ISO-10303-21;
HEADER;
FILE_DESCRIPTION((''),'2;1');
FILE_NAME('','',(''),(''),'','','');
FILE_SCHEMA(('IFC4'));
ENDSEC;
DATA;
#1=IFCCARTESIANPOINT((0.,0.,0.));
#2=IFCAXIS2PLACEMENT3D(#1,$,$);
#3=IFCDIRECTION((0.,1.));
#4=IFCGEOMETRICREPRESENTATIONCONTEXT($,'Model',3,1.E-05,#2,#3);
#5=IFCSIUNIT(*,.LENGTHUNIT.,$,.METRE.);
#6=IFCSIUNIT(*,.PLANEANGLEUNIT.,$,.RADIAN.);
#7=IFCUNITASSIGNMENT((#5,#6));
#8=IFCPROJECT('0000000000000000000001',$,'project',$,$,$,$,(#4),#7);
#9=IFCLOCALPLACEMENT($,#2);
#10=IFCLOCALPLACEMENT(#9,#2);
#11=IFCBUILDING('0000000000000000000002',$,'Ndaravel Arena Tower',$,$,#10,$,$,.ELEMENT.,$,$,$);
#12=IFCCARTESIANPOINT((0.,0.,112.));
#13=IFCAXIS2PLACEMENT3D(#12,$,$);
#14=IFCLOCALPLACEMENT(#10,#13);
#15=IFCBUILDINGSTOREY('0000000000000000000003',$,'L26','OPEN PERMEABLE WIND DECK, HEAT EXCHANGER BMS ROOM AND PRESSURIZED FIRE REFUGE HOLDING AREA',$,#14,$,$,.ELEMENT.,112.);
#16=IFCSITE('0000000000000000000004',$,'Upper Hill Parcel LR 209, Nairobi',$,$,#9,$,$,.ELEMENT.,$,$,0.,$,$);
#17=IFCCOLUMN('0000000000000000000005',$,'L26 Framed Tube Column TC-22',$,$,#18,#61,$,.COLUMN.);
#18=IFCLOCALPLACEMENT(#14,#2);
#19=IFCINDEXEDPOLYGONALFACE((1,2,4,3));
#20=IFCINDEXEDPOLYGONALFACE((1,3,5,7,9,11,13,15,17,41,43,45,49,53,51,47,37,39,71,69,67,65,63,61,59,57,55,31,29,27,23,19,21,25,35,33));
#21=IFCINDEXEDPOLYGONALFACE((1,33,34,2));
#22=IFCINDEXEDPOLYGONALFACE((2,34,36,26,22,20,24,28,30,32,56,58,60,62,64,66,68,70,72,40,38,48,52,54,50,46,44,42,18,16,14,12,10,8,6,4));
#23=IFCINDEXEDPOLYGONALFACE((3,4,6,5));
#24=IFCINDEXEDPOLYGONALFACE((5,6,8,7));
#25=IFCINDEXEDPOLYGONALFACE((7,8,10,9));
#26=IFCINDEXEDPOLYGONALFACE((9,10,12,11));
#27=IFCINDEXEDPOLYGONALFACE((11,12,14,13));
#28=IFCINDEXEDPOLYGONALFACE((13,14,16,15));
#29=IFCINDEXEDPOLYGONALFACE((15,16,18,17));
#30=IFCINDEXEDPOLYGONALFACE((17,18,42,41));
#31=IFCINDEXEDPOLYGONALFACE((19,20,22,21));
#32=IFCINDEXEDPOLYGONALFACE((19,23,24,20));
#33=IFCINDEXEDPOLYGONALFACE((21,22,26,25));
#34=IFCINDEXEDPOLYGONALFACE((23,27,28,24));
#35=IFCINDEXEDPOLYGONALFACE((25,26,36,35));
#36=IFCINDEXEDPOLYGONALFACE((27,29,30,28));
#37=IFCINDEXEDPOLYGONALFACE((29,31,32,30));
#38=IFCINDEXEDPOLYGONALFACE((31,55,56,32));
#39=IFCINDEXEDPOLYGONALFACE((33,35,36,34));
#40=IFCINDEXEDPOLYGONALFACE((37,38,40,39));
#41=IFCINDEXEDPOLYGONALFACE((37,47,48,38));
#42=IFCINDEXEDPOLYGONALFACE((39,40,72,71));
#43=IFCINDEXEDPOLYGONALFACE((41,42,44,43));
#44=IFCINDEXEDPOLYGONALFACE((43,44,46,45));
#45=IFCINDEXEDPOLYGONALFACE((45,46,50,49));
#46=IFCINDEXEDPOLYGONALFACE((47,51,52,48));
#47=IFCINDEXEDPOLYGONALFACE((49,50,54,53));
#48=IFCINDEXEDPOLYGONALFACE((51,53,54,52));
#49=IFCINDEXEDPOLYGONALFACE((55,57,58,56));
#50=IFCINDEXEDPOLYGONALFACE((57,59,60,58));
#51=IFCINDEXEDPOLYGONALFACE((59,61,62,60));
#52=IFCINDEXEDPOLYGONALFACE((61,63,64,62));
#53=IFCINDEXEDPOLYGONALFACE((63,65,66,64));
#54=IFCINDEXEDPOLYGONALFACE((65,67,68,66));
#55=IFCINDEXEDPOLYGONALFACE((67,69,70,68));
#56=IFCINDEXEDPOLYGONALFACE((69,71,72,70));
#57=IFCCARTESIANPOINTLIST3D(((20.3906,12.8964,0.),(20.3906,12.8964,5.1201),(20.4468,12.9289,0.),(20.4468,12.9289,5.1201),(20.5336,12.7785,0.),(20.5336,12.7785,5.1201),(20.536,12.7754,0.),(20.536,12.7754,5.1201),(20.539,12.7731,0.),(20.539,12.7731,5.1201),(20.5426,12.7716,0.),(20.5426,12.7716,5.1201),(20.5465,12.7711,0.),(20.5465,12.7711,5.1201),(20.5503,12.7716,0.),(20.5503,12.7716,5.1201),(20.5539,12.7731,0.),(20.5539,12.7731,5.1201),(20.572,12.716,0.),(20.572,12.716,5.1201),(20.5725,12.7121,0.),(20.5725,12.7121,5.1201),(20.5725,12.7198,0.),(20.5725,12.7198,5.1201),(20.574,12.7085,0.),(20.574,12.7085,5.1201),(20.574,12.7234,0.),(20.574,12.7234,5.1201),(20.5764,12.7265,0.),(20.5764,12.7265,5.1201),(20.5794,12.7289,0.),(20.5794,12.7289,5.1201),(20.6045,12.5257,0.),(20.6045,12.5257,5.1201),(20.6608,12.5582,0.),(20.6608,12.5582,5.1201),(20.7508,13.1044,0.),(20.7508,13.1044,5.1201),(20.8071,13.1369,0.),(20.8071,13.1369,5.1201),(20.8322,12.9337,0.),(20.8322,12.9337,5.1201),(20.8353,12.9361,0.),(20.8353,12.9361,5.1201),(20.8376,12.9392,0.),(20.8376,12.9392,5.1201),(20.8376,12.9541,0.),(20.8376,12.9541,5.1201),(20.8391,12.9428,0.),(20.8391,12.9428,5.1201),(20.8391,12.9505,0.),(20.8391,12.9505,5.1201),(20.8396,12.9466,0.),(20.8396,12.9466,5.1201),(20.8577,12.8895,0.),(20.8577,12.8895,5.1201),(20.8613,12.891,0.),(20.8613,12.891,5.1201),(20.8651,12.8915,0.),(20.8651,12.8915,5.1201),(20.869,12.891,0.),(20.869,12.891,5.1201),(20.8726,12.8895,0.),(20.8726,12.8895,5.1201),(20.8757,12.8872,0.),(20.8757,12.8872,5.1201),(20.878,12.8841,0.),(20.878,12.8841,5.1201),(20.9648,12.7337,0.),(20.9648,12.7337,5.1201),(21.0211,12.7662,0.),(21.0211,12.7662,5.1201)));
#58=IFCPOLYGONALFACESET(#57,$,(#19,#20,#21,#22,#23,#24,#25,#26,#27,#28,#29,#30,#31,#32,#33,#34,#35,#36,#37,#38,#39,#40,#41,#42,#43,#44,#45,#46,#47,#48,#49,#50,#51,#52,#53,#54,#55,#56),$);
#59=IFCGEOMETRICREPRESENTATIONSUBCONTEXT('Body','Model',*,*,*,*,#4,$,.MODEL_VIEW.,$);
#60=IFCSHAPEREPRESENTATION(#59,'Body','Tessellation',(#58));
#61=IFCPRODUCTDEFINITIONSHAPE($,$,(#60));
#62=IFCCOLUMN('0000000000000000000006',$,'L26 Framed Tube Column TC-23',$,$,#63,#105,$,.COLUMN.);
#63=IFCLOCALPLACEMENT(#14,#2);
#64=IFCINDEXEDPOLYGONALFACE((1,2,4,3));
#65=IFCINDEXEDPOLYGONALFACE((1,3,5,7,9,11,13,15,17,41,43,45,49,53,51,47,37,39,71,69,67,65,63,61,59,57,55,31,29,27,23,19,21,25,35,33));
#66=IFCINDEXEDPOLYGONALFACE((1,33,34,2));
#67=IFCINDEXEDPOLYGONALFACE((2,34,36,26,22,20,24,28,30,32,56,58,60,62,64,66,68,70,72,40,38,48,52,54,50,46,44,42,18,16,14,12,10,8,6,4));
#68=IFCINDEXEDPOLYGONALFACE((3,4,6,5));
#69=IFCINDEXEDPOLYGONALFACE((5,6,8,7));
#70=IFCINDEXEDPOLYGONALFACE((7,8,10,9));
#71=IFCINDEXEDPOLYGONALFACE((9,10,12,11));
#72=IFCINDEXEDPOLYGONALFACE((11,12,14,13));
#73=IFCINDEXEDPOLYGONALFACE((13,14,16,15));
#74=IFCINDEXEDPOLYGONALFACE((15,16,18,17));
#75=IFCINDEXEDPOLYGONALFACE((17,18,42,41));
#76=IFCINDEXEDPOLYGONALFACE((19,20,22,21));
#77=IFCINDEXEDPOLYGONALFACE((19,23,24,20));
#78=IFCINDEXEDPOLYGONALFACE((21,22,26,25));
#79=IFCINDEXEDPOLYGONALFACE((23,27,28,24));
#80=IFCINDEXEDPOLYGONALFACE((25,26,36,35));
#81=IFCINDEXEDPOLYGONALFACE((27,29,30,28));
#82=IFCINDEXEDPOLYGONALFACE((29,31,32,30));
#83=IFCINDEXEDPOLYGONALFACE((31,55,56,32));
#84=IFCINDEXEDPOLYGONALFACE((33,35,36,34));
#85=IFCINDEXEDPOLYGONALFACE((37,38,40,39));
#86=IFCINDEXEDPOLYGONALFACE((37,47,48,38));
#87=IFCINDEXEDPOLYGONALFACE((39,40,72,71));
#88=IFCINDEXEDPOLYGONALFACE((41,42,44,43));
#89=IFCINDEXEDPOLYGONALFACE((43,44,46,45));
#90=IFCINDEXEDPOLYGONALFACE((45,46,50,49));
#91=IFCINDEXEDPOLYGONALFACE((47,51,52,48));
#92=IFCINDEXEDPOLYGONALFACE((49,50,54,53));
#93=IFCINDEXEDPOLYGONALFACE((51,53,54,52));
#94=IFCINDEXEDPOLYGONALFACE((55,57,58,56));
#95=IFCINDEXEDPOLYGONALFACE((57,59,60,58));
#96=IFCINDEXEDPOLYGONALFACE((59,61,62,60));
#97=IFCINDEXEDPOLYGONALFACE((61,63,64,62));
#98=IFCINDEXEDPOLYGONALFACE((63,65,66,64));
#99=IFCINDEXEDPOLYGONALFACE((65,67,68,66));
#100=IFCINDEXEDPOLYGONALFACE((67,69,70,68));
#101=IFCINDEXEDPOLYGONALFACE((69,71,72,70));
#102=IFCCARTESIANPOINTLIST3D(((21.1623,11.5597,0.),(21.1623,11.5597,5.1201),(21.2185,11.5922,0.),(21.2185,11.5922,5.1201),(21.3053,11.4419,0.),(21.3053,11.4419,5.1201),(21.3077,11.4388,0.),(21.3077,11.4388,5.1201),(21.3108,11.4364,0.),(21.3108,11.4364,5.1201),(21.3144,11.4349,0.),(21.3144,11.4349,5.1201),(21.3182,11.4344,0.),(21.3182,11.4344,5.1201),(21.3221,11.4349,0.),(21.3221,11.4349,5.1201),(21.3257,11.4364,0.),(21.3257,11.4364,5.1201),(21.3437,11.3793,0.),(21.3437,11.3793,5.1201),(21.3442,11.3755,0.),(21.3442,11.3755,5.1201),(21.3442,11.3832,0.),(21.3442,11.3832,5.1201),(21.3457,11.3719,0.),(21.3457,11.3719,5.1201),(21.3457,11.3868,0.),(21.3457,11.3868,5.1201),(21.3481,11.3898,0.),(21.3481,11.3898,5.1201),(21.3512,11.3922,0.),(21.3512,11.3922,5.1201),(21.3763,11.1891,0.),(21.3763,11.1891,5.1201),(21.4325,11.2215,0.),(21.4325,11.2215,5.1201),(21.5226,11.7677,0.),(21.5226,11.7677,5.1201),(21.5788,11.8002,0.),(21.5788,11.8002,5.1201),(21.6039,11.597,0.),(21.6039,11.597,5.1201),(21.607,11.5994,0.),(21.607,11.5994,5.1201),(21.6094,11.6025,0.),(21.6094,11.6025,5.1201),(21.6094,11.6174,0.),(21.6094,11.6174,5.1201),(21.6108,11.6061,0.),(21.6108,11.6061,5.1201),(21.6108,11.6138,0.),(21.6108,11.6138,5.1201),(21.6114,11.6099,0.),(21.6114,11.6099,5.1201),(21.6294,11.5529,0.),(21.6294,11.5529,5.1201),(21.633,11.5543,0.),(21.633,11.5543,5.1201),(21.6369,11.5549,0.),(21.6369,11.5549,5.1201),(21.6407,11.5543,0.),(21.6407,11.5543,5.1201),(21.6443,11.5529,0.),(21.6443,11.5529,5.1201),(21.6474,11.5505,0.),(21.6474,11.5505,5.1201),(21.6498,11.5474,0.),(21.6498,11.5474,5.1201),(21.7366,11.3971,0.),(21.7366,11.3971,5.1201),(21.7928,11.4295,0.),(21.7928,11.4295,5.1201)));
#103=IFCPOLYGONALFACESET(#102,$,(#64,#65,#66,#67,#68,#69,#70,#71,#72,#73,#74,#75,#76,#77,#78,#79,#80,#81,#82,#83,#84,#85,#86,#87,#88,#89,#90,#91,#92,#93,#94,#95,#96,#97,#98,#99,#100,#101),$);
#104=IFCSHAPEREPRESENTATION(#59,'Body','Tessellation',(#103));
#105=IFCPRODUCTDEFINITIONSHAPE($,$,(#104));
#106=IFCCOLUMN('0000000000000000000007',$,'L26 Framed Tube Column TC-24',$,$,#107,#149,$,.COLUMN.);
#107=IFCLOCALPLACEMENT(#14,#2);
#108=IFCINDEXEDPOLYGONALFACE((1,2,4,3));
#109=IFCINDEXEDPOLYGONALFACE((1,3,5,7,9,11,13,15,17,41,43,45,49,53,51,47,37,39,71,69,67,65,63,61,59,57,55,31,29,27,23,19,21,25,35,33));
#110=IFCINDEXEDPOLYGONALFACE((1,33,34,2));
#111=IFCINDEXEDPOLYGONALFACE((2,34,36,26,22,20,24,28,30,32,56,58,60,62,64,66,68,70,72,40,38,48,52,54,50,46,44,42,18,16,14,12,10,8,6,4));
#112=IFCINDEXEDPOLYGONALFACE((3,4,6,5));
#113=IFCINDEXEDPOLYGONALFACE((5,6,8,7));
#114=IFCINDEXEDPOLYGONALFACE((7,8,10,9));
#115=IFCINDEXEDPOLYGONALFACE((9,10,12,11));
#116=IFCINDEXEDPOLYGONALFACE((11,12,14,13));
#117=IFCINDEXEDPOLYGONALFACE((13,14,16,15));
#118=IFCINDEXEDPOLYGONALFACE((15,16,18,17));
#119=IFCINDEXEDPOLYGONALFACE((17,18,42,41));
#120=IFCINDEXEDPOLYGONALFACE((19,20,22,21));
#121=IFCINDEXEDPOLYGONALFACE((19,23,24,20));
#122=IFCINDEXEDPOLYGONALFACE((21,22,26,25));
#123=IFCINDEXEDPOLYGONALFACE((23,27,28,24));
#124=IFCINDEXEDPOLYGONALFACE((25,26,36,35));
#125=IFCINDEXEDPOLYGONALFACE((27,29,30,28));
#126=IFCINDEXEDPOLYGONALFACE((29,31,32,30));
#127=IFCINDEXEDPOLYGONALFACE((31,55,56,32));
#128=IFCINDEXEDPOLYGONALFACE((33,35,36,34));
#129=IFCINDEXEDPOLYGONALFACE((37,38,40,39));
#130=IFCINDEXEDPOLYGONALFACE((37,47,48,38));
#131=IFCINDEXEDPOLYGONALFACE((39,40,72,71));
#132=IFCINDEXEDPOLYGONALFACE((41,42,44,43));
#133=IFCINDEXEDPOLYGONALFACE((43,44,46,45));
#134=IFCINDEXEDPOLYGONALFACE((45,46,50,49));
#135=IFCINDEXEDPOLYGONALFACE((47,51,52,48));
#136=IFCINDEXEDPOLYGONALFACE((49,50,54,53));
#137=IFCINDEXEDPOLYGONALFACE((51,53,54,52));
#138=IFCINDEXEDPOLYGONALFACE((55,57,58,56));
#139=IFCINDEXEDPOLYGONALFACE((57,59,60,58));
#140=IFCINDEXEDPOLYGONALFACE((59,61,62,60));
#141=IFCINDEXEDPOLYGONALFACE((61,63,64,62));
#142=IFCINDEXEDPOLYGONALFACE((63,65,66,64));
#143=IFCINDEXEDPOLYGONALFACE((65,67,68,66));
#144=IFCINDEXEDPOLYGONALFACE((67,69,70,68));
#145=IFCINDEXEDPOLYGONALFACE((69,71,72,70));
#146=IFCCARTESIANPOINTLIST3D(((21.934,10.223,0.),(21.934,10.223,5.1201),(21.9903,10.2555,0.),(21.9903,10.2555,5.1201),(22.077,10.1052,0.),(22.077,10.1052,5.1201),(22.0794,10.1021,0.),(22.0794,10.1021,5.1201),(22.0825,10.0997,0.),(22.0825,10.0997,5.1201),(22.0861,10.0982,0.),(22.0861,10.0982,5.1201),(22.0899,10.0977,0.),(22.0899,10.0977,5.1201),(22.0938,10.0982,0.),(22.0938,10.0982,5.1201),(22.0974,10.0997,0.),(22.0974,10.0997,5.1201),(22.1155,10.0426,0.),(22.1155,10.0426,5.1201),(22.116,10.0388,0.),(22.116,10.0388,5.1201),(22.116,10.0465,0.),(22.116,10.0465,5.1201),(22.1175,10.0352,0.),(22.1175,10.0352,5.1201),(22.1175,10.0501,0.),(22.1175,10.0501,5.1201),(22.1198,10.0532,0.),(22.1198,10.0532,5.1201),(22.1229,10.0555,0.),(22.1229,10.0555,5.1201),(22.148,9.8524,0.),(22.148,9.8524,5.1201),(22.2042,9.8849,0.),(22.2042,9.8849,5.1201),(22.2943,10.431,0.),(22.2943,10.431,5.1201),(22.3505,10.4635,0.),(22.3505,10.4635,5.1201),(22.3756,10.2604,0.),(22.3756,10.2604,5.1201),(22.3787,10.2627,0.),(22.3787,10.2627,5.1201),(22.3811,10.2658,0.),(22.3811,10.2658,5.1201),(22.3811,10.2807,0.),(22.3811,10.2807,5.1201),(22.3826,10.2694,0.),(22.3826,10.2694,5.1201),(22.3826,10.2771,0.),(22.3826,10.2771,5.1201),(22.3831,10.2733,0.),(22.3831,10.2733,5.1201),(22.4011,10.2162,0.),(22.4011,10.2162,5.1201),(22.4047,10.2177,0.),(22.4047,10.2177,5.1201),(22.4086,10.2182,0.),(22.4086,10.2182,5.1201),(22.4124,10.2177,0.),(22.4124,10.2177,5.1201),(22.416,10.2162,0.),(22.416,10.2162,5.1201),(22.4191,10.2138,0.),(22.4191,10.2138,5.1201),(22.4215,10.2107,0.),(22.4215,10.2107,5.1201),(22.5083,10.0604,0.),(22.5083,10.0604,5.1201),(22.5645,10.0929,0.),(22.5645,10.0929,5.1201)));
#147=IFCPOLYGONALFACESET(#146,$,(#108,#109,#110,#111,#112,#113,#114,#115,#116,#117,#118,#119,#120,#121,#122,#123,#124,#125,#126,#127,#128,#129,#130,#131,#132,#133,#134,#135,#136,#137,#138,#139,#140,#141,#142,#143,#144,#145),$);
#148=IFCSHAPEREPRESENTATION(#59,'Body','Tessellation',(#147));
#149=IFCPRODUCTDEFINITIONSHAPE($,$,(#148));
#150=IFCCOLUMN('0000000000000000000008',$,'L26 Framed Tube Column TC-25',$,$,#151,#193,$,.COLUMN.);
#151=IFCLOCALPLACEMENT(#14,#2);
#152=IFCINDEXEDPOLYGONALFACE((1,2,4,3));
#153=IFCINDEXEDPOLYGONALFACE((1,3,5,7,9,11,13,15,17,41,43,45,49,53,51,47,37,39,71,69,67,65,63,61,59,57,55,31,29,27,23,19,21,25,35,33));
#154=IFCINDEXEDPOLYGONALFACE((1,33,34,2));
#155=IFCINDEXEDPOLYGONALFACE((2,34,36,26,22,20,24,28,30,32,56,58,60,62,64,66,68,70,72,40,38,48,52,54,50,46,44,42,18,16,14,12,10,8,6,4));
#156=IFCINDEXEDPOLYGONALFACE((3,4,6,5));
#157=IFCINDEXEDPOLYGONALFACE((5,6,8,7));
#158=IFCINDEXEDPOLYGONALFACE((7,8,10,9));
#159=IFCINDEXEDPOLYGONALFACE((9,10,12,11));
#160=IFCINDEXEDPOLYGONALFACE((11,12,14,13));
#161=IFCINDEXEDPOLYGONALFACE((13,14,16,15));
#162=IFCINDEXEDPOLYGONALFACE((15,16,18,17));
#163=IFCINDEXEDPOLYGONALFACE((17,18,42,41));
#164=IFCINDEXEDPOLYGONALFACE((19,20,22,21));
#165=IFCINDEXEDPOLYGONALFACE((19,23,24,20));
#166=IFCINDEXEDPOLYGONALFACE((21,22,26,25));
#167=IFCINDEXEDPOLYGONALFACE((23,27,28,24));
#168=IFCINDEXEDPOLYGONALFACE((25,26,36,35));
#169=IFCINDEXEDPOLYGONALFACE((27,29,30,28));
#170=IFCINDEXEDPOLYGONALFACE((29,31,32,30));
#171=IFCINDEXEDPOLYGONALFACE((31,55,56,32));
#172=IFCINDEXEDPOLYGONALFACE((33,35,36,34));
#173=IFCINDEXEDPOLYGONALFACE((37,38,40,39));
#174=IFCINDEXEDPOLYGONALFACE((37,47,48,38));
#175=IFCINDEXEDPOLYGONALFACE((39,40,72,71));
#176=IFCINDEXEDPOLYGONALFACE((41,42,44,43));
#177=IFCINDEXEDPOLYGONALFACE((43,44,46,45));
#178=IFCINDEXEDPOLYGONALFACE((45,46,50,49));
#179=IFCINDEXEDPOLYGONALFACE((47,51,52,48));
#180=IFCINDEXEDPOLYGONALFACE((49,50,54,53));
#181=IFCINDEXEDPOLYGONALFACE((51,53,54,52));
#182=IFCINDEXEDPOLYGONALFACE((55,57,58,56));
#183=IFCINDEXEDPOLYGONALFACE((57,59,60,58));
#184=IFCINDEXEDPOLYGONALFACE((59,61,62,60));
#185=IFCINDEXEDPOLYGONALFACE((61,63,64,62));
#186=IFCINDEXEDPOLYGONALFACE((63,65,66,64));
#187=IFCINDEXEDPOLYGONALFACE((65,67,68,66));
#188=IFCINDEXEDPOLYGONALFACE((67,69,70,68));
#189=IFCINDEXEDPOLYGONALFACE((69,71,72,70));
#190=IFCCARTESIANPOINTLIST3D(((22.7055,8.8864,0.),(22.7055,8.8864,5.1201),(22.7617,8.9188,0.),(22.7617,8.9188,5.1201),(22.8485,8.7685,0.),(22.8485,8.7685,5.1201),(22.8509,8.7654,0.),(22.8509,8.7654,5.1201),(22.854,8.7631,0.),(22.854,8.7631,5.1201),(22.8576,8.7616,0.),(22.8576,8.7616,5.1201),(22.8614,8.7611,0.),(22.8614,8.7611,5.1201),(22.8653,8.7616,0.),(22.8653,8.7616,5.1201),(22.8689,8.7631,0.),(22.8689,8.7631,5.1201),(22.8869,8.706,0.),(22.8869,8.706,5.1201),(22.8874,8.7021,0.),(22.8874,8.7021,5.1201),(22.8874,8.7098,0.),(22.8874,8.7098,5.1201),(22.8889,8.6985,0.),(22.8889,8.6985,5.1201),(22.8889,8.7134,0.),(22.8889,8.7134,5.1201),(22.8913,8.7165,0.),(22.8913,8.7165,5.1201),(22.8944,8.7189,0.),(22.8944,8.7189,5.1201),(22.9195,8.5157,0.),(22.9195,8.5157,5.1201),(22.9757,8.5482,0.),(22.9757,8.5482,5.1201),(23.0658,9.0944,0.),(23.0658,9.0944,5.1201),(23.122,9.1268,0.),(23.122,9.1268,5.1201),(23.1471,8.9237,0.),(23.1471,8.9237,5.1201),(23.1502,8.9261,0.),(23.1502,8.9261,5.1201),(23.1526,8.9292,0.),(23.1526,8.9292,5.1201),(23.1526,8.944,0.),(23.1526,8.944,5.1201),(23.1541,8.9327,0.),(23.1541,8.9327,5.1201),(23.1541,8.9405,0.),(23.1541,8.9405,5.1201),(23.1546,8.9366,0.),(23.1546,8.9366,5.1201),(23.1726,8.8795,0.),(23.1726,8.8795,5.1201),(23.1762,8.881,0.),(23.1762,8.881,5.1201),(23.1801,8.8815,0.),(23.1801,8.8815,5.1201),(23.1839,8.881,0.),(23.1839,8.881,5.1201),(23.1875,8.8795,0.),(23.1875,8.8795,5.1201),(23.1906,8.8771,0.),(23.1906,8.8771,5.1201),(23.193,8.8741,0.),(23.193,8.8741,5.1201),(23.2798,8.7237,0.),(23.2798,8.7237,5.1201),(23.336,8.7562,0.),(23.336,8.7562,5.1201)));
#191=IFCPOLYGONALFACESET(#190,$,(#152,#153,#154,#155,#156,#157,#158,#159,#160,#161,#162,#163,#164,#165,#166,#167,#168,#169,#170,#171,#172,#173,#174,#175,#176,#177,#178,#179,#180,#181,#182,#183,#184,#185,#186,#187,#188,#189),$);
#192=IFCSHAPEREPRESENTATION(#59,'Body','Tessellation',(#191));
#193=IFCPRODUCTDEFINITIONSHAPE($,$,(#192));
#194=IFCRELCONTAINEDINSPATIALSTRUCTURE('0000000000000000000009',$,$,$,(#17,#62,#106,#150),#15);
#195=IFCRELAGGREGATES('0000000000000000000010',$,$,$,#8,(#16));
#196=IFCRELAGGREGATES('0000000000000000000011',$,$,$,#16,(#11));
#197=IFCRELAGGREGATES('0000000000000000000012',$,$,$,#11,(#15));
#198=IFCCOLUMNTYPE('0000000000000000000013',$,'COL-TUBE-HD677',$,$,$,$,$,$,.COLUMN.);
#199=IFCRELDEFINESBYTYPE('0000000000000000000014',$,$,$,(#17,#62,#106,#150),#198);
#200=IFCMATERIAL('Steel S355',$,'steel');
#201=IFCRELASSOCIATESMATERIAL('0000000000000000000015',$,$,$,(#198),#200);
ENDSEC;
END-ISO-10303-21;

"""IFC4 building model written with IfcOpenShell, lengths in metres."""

from ifc_helpers import new_model, si_unit, direction, frame, origin, origin_2d, place, context, subcontext, project, spatial, i_section, extrude, material, material_profile, profile_set, type_object, element, save


model = new_model("IFC4")

# Units and contexts
model_context = context("Model", 3, precision=1e-05, world=origin(), true_north=direction((0.0, 1.0)))
body_context = subcontext(model_context, "Body", "Model", "MODEL_VIEW")
ifc_project = project(units=[si_unit("LENGTHUNIT", "METRE"), si_unit("PLANEANGLEUNIT", "RADIAN")], contexts=[model_context])

# Site, building, storey
site_placement = place(None, origin())
site = spatial("IfcSite", under=ifc_project, at=site_placement, Name="Upper Hill Parcel LR 209, Nairobi", CompositionType="ELEMENT", RefElevation=0.0)
building_placement = place(site_placement, origin())
building = spatial("IfcBuilding", under=site, at=building_placement, Name="Ndaravel Arena Tower", CompositionType="ELEMENT")
storey_placement = place(building_placement, frame((0.0, 0.0, 112.0)))
storey = spatial("IfcBuildingStorey", under=building, at=storey_placement, Name="L26", Description="OPEN PERMEABLE WIND DECK, HEAT EXCHANGER BMS ROOM AND PRESSURIZED FIRE REFUGE HOLDING AREA", CompositionType="ELEMENT", Elevation=112.0)

# Columns
ifc_material_1 = material(Name="Steel S355", Category="steel")
ifc_material_profile_1 = material_profile(ifc_material_1, i_section(OverallWidth=0.428, OverallDepth=0.481, WebThickness=0.051, FlangeThickness=0.0649, FilletRadius=0.0149, at=origin_2d()), Name="HD 400x677")
ifc_profile_set_1 = profile_set([ifc_material_profile_1], Name="Steel S355")
column_type = type_object("IfcColumnType", Name="COL-TUBE-HD677", PredefinedType="COLUMN", material=ifc_profile_set_1)
for number, where, z_axis, x_axis, name in (
    (1, (20.7058, 12.8313, 0.0), (0.0, 0.0, 1.0), (-0.5, 0.866025, 0.0), "L26 Framed Tube Column TC-22"),
    (2, (21.4775, 11.4946, 0.0), (0.0, 0.0, 1.0), (-0.5, 0.866025, 0.0), "L26 Framed Tube Column TC-23"),
    (3, (22.2493, 10.158, 0.0), (0.0, 0.0, 1.0), (-0.5, 0.866025, 0.0), "L26 Framed Tube Column TC-24"),
    (4, (23.0208, 8.8213, 0.0), (0.0, 0.0, 1.0), (-0.5, 0.866025, 0.0), "L26 Framed Tube Column TC-25"),
):
    element("IfcColumn", number, at=place(storey_placement, frame(where, z_axis=z_axis, x_axis=x_axis)), inside=storey, type_object=column_type, Name=name, PredefinedType="COLUMN", context=body_context, shape_type="SweptSolid", body=[
        extrude(i_section(OverallWidth=0.428, OverallDepth=0.481, WebThickness=0.051, FlangeThickness=0.0649, FilletRadius=0.0149, at=origin_2d()), origin(), (0.0, 0.0, 1.0), 5.1201),
    ])

save(model, "model.ifc")
